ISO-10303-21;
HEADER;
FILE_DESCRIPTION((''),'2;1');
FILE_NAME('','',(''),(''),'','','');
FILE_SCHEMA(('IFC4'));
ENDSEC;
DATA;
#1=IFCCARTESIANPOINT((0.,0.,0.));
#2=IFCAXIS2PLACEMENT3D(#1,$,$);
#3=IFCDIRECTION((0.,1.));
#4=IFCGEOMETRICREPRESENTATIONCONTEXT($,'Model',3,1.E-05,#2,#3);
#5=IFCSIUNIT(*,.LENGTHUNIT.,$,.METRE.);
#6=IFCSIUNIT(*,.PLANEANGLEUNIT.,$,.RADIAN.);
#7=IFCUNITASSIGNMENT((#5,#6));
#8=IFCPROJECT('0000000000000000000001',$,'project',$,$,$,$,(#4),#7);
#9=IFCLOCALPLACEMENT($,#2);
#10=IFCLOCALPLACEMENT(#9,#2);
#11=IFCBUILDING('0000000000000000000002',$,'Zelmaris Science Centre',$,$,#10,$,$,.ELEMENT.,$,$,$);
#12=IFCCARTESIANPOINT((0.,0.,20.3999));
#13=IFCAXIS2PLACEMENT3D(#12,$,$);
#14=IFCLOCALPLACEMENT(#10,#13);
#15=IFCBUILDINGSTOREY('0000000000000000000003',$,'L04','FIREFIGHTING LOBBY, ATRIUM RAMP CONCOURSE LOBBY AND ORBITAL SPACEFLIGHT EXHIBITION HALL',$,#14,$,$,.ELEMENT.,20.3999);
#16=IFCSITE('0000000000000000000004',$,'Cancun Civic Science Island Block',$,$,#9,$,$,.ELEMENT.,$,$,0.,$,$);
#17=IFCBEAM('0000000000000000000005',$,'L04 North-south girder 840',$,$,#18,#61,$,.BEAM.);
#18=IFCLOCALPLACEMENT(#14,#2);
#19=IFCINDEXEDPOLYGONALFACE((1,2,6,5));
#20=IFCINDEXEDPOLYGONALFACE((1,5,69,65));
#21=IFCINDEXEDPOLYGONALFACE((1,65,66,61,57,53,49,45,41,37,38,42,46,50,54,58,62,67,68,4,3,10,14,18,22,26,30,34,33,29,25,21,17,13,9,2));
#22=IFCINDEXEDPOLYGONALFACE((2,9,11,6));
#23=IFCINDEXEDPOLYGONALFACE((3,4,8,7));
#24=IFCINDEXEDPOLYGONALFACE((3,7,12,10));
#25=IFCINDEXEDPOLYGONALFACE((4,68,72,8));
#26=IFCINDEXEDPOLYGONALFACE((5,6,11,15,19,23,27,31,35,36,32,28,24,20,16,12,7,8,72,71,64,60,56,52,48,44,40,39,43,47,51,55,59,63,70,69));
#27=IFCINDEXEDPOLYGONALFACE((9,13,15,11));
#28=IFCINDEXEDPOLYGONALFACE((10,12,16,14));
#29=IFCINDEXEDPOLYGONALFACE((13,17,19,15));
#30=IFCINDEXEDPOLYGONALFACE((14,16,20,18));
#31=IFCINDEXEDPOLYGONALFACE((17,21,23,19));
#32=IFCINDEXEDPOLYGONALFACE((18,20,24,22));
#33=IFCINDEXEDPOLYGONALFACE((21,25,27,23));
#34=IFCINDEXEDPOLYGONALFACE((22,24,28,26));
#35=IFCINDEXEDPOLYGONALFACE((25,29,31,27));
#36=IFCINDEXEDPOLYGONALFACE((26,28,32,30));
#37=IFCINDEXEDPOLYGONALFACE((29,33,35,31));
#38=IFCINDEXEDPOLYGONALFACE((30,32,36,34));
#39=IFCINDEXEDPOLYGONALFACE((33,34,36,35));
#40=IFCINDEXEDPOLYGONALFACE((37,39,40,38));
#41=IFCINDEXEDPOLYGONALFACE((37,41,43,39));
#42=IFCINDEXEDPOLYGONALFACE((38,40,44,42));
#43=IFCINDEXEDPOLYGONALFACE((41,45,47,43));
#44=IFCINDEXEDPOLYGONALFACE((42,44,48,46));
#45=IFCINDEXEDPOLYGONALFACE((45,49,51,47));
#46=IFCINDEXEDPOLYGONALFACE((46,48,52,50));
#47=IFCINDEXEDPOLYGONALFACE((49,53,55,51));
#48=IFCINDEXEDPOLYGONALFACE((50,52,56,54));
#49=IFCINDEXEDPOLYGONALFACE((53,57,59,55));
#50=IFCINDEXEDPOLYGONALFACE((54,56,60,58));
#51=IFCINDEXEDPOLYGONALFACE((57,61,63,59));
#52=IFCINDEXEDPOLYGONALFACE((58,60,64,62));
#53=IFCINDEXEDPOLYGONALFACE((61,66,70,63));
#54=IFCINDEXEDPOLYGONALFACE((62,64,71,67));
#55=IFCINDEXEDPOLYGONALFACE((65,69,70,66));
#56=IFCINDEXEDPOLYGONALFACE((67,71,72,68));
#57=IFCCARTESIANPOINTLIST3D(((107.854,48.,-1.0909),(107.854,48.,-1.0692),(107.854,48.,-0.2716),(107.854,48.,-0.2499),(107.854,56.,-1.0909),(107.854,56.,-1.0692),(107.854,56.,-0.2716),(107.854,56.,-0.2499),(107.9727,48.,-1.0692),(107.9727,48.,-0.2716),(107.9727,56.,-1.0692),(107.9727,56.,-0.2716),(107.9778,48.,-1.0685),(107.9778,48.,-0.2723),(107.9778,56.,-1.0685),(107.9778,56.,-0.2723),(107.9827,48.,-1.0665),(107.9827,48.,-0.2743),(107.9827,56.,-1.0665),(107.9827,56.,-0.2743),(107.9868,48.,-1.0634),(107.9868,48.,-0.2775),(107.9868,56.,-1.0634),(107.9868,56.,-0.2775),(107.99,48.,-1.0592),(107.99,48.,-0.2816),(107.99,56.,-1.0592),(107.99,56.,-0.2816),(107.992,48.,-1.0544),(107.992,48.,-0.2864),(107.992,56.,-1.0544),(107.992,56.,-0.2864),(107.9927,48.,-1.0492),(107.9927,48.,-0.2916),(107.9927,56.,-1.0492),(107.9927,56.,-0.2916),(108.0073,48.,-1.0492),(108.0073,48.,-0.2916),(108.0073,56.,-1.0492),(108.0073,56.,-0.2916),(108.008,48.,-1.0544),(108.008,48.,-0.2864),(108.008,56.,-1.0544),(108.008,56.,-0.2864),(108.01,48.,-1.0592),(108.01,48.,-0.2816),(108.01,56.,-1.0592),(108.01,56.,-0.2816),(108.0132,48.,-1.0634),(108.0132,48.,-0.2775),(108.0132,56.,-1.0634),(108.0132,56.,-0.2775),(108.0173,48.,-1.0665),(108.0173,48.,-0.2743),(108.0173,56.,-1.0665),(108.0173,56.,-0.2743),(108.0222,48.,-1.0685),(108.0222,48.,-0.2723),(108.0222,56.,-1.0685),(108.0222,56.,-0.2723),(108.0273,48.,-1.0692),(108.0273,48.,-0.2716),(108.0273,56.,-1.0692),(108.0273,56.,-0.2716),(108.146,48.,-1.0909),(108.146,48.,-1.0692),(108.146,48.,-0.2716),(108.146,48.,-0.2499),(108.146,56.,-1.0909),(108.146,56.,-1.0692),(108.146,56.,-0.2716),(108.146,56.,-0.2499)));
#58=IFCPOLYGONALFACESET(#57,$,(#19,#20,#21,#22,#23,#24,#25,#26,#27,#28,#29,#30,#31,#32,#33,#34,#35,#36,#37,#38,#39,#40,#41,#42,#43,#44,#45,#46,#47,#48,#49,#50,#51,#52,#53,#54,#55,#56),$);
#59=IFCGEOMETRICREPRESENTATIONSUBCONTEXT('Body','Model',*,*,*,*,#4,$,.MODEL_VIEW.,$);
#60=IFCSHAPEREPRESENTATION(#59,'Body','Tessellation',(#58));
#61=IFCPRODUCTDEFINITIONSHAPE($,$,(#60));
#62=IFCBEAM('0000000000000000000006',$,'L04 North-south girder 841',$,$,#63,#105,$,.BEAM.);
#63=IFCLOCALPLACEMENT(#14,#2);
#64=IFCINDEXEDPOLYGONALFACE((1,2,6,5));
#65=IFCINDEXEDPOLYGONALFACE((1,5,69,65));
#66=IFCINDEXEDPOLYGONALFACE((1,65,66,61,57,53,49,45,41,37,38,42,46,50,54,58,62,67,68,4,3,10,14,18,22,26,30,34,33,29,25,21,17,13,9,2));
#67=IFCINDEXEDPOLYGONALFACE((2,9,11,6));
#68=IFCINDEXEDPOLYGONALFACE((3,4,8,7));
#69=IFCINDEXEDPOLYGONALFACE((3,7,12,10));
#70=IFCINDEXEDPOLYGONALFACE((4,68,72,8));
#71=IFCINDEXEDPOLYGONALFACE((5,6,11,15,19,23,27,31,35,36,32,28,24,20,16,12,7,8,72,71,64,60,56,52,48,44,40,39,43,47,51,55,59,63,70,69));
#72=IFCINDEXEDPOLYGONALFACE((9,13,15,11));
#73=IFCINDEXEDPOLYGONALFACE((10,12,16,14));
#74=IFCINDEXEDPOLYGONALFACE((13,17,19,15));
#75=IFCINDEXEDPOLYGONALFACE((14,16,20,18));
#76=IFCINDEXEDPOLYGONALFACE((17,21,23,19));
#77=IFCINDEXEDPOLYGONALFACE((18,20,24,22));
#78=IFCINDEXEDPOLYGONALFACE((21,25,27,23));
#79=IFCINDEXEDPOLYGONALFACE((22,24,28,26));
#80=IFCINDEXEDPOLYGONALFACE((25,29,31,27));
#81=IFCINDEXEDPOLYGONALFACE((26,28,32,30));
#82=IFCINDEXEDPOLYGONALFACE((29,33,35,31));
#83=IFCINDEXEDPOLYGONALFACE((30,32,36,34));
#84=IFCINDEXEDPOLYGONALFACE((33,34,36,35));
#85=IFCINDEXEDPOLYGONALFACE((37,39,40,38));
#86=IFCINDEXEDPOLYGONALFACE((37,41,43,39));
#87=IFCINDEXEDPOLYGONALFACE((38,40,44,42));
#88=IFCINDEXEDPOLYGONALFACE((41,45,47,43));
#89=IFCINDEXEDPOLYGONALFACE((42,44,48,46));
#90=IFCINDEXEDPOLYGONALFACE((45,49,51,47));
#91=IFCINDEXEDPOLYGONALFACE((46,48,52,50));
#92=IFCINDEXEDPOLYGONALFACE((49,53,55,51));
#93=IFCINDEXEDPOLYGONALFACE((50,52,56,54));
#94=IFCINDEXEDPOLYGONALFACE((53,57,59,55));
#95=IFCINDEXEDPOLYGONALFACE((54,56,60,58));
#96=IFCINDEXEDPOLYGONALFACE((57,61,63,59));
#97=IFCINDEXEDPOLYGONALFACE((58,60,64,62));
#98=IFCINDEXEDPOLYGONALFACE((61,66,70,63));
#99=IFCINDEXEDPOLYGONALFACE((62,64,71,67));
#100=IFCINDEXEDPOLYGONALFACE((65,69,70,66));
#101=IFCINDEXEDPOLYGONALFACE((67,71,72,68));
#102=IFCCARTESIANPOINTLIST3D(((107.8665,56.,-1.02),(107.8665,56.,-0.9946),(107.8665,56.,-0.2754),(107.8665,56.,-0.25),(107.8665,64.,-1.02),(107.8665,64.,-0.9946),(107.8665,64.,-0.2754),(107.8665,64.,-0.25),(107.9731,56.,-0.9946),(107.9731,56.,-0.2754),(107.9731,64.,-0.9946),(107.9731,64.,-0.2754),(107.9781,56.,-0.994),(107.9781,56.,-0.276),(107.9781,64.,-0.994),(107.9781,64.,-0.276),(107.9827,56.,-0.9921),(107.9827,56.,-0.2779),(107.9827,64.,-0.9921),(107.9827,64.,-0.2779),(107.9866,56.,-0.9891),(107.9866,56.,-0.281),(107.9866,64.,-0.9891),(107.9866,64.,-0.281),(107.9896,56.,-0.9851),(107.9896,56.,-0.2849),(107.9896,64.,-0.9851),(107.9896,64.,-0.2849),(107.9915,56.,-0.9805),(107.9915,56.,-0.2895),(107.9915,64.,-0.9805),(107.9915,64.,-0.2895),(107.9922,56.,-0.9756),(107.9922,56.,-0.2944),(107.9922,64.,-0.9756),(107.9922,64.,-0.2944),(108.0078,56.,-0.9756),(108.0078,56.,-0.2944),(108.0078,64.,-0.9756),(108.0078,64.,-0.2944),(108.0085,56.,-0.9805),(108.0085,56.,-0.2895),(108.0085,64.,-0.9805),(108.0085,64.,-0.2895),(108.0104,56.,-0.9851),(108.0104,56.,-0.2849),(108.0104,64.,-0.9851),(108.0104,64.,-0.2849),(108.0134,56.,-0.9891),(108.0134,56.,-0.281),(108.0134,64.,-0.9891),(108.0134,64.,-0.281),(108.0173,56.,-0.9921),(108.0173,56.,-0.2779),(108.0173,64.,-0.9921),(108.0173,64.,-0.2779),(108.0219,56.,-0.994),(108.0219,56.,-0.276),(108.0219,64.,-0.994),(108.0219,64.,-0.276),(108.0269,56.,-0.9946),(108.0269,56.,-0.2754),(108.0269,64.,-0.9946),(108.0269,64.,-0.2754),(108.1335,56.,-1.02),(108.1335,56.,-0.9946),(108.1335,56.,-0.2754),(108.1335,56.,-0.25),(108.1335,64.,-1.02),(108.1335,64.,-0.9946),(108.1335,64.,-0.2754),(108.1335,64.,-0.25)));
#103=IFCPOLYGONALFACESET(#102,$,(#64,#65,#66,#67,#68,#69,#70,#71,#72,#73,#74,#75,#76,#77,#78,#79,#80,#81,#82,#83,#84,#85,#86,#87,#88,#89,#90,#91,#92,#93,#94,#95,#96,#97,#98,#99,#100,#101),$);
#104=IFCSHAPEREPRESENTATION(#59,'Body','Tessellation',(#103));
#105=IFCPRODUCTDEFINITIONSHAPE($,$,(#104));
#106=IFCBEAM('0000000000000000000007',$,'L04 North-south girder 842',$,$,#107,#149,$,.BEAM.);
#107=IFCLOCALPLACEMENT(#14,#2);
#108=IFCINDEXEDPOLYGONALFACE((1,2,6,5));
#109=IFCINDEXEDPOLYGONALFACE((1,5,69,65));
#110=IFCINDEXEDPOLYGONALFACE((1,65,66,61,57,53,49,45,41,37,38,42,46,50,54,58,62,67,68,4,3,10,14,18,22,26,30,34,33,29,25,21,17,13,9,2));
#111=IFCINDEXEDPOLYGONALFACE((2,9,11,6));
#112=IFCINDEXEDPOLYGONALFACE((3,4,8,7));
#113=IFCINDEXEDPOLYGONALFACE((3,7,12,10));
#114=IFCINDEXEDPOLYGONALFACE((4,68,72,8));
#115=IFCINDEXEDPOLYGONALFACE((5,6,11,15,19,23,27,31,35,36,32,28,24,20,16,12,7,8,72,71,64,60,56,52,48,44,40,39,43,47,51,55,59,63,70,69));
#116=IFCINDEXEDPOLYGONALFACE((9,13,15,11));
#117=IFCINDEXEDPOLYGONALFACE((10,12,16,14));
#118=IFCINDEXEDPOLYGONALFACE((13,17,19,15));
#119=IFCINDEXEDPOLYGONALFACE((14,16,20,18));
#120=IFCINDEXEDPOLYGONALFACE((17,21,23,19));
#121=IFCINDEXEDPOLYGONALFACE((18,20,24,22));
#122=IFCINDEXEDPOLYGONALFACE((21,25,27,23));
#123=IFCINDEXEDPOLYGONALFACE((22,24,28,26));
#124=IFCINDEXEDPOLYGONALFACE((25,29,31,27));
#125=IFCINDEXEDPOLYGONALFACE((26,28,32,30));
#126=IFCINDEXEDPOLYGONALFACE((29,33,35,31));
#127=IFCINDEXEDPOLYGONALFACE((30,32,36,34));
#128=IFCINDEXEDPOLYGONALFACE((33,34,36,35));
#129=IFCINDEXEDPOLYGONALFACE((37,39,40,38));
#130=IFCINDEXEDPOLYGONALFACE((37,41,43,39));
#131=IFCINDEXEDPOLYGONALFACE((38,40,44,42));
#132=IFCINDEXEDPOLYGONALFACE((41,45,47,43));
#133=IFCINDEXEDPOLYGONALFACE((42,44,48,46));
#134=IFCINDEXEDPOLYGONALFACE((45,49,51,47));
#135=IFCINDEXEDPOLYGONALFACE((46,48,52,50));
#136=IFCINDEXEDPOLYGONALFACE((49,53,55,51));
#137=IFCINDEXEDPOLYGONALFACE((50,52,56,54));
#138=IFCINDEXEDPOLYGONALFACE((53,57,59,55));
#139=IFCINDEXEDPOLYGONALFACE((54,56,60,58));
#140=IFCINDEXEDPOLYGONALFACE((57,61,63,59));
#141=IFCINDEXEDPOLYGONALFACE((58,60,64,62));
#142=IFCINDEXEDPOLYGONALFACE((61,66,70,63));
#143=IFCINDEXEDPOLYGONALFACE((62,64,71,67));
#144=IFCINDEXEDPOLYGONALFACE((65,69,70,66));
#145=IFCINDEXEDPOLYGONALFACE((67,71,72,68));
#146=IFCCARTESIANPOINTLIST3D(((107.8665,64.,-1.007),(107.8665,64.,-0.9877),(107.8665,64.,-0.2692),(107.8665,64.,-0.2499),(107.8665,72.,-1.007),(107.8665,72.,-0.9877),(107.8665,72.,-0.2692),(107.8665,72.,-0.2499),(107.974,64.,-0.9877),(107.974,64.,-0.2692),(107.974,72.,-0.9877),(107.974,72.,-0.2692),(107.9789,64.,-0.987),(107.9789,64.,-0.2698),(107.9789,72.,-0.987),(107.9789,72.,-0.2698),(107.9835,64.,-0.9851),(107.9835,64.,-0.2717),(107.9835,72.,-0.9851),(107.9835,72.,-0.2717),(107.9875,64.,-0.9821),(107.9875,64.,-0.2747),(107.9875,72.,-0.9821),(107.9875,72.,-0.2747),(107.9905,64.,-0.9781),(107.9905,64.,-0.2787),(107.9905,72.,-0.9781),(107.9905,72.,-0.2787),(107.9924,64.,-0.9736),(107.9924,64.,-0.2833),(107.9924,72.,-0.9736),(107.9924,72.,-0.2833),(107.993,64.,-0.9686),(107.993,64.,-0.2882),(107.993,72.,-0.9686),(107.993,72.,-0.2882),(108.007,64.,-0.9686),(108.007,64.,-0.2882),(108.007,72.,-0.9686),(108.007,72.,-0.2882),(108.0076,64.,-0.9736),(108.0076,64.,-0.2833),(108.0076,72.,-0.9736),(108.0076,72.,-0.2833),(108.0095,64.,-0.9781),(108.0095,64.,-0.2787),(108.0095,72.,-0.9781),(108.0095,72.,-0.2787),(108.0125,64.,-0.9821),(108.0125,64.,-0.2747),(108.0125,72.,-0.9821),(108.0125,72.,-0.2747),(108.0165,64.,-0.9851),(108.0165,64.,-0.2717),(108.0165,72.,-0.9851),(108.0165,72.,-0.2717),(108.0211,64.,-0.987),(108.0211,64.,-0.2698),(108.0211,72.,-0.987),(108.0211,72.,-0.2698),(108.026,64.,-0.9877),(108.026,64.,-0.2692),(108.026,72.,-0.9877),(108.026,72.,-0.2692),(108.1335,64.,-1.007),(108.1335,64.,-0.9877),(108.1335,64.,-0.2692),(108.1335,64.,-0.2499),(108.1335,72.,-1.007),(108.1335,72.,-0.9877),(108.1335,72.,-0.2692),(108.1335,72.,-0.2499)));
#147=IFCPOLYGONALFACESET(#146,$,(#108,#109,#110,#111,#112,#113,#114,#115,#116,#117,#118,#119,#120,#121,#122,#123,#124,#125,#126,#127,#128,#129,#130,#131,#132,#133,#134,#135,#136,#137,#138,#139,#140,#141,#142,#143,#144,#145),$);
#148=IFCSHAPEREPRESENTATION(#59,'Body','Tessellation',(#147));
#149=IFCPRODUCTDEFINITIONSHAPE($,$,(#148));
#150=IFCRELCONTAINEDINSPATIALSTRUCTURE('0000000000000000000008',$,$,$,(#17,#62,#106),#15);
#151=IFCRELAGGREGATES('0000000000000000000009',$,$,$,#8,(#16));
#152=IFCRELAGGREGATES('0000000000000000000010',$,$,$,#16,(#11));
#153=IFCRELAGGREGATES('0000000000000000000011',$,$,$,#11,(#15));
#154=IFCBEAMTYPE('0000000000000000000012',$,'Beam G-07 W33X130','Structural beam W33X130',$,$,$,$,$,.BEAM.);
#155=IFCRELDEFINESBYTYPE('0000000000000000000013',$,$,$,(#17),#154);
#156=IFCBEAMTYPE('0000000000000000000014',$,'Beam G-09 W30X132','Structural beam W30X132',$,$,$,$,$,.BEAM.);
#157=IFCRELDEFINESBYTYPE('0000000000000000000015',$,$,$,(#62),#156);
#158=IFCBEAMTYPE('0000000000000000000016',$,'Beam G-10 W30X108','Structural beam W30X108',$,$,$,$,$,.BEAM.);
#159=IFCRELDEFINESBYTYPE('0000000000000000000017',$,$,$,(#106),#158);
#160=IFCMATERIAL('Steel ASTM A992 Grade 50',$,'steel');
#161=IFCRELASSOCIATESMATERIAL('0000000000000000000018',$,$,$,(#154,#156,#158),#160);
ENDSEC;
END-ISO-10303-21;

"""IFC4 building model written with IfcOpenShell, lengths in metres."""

from ifc_helpers import new_model, si_unit, direction, frame, origin, origin_2d, place, context, subcontext, project, spatial, i_section, extrude, material, material_profile, profile_set, type_object, element, save


model = new_model("IFC4")

# Units and contexts
model_context = context("Model", 3, precision=1e-05, world=origin(), true_north=direction((0.0, 1.0)))
body_context = subcontext(model_context, "Body", "Model", "MODEL_VIEW")
ifc_project = project(units=[si_unit("LENGTHUNIT", "METRE"), si_unit("PLANEANGLEUNIT", "RADIAN")], contexts=[model_context])

# Site, building, storey
site_placement = place(None, origin())
site = spatial("IfcSite", under=ifc_project, at=site_placement, Name="Cancun Civic Science Island Block", CompositionType="ELEMENT", RefElevation=0.0)
building_placement = place(site_placement, origin())
building = spatial("IfcBuilding", under=site, at=building_placement, Name="Zelmaris Science Centre", CompositionType="ELEMENT")
storey_placement = place(building_placement, frame((0.0, 0.0, 20.3999)))
storey = spatial("IfcBuildingStorey", under=building, at=storey_placement, Name="L04", Description="FIREFIGHTING LOBBY, ATRIUM RAMP CONCOURSE LOBBY AND ORBITAL SPACEFLIGHT EXHIBITION HALL", CompositionType="ELEMENT", Elevation=20.3999)

# Beams
ifc_material_1 = material(Name="Steel ASTM A992 Grade 50", Category="steel")
ifc_material_profile_1 = material_profile(ifc_material_1, i_section(OverallWidth=0.292, OverallDepth=0.8411, WebThickness=0.0146, FlangeThickness=0.0217, FilletRadius=0.02, at=origin_2d()), Name="W33X130")
ifc_profile_set_1 = profile_set([ifc_material_profile_1], Name="Steel ASTM A992 Grade 50")
beam_type_1 = type_object("IfcBeamType", Name="Beam G-07 W33X130", Description="Structural beam W33X130", PredefinedType="BEAM", material=ifc_profile_set_1)
beam_1_placement = place(storey_placement, frame((108.0, 48.0, -0.6704), z_axis=(0.0, 1.0, 0.0), x_axis=(-1.0, 0.0, 0.0)))
element("IfcBeam", 1, at=beam_1_placement, inside=storey, type_object=beam_type_1, Name="L04 North-south girder 840", PredefinedType="BEAM", context=body_context, shape_type="SweptSolid", body=[
    extrude(i_section(OverallWidth=0.292, OverallDepth=0.8411, WebThickness=0.0146, FlangeThickness=0.0217, FilletRadius=0.02, at=origin_2d()), origin(), (0.0, 0.0, 1.0), 8.0),
])
ifc_material_profile_2 = material_profile(ifc_material_1, i_section(OverallWidth=0.2671, OverallDepth=0.77, WebThickness=0.0156, FlangeThickness=0.0254, FilletRadius=0.019, at=origin_2d()), Name="W30X132")
ifc_profile_set_2 = profile_set([ifc_material_profile_2], Name="Steel ASTM A992 Grade 50")
beam_type_2 = type_object("IfcBeamType", Name="Beam G-09 W30X132", Description="Structural beam W30X132", PredefinedType="BEAM", material=ifc_profile_set_2)
beam_2_placement = place(storey_placement, frame((108.0, 56.0, -0.635), z_axis=(0.0, 1.0, 0.0), x_axis=(-1.0, 0.0, 0.0)))
element("IfcBeam", 2, at=beam_2_placement, inside=storey, type_object=beam_type_2, Name="L04 North-south girder 841", PredefinedType="BEAM", context=body_context, shape_type="SweptSolid", body=[
    extrude(i_section(OverallWidth=0.2671, OverallDepth=0.77, WebThickness=0.0156, FlangeThickness=0.0254, FilletRadius=0.019, at=origin_2d()), origin(), (0.0, 0.0, 1.0), 8.0),
])
ifc_material_profile_3 = material_profile(ifc_material_1, i_section(OverallWidth=0.2671, OverallDepth=0.7571, WebThickness=0.0139, FlangeThickness=0.0193, FilletRadius=0.019, at=origin_2d()), Name="W30X108")
ifc_profile_set_3 = profile_set([ifc_material_profile_3], Name="Steel ASTM A992 Grade 50")
beam_type_3 = type_object("IfcBeamType", Name="Beam G-10 W30X108", Description="Structural beam W30X108", PredefinedType="BEAM", material=ifc_profile_set_3)
beam_3_placement = place(storey_placement, frame((108.0, 64.0, -0.6284), z_axis=(0.0, 1.0, 0.0), x_axis=(-1.0, 0.0, 0.0)))
element("IfcBeam", 3, at=beam_3_placement, inside=storey, type_object=beam_type_3, Name="L04 North-south girder 842", PredefinedType="BEAM", context=body_context, shape_type="SweptSolid", body=[
    extrude(i_section(OverallWidth=0.2671, OverallDepth=0.7571, WebThickness=0.0139, FlangeThickness=0.0193, FilletRadius=0.019, at=origin_2d()), origin(), (0.0, 0.0, 1.0), 8.0),
])

save(model, "model.ifc")
